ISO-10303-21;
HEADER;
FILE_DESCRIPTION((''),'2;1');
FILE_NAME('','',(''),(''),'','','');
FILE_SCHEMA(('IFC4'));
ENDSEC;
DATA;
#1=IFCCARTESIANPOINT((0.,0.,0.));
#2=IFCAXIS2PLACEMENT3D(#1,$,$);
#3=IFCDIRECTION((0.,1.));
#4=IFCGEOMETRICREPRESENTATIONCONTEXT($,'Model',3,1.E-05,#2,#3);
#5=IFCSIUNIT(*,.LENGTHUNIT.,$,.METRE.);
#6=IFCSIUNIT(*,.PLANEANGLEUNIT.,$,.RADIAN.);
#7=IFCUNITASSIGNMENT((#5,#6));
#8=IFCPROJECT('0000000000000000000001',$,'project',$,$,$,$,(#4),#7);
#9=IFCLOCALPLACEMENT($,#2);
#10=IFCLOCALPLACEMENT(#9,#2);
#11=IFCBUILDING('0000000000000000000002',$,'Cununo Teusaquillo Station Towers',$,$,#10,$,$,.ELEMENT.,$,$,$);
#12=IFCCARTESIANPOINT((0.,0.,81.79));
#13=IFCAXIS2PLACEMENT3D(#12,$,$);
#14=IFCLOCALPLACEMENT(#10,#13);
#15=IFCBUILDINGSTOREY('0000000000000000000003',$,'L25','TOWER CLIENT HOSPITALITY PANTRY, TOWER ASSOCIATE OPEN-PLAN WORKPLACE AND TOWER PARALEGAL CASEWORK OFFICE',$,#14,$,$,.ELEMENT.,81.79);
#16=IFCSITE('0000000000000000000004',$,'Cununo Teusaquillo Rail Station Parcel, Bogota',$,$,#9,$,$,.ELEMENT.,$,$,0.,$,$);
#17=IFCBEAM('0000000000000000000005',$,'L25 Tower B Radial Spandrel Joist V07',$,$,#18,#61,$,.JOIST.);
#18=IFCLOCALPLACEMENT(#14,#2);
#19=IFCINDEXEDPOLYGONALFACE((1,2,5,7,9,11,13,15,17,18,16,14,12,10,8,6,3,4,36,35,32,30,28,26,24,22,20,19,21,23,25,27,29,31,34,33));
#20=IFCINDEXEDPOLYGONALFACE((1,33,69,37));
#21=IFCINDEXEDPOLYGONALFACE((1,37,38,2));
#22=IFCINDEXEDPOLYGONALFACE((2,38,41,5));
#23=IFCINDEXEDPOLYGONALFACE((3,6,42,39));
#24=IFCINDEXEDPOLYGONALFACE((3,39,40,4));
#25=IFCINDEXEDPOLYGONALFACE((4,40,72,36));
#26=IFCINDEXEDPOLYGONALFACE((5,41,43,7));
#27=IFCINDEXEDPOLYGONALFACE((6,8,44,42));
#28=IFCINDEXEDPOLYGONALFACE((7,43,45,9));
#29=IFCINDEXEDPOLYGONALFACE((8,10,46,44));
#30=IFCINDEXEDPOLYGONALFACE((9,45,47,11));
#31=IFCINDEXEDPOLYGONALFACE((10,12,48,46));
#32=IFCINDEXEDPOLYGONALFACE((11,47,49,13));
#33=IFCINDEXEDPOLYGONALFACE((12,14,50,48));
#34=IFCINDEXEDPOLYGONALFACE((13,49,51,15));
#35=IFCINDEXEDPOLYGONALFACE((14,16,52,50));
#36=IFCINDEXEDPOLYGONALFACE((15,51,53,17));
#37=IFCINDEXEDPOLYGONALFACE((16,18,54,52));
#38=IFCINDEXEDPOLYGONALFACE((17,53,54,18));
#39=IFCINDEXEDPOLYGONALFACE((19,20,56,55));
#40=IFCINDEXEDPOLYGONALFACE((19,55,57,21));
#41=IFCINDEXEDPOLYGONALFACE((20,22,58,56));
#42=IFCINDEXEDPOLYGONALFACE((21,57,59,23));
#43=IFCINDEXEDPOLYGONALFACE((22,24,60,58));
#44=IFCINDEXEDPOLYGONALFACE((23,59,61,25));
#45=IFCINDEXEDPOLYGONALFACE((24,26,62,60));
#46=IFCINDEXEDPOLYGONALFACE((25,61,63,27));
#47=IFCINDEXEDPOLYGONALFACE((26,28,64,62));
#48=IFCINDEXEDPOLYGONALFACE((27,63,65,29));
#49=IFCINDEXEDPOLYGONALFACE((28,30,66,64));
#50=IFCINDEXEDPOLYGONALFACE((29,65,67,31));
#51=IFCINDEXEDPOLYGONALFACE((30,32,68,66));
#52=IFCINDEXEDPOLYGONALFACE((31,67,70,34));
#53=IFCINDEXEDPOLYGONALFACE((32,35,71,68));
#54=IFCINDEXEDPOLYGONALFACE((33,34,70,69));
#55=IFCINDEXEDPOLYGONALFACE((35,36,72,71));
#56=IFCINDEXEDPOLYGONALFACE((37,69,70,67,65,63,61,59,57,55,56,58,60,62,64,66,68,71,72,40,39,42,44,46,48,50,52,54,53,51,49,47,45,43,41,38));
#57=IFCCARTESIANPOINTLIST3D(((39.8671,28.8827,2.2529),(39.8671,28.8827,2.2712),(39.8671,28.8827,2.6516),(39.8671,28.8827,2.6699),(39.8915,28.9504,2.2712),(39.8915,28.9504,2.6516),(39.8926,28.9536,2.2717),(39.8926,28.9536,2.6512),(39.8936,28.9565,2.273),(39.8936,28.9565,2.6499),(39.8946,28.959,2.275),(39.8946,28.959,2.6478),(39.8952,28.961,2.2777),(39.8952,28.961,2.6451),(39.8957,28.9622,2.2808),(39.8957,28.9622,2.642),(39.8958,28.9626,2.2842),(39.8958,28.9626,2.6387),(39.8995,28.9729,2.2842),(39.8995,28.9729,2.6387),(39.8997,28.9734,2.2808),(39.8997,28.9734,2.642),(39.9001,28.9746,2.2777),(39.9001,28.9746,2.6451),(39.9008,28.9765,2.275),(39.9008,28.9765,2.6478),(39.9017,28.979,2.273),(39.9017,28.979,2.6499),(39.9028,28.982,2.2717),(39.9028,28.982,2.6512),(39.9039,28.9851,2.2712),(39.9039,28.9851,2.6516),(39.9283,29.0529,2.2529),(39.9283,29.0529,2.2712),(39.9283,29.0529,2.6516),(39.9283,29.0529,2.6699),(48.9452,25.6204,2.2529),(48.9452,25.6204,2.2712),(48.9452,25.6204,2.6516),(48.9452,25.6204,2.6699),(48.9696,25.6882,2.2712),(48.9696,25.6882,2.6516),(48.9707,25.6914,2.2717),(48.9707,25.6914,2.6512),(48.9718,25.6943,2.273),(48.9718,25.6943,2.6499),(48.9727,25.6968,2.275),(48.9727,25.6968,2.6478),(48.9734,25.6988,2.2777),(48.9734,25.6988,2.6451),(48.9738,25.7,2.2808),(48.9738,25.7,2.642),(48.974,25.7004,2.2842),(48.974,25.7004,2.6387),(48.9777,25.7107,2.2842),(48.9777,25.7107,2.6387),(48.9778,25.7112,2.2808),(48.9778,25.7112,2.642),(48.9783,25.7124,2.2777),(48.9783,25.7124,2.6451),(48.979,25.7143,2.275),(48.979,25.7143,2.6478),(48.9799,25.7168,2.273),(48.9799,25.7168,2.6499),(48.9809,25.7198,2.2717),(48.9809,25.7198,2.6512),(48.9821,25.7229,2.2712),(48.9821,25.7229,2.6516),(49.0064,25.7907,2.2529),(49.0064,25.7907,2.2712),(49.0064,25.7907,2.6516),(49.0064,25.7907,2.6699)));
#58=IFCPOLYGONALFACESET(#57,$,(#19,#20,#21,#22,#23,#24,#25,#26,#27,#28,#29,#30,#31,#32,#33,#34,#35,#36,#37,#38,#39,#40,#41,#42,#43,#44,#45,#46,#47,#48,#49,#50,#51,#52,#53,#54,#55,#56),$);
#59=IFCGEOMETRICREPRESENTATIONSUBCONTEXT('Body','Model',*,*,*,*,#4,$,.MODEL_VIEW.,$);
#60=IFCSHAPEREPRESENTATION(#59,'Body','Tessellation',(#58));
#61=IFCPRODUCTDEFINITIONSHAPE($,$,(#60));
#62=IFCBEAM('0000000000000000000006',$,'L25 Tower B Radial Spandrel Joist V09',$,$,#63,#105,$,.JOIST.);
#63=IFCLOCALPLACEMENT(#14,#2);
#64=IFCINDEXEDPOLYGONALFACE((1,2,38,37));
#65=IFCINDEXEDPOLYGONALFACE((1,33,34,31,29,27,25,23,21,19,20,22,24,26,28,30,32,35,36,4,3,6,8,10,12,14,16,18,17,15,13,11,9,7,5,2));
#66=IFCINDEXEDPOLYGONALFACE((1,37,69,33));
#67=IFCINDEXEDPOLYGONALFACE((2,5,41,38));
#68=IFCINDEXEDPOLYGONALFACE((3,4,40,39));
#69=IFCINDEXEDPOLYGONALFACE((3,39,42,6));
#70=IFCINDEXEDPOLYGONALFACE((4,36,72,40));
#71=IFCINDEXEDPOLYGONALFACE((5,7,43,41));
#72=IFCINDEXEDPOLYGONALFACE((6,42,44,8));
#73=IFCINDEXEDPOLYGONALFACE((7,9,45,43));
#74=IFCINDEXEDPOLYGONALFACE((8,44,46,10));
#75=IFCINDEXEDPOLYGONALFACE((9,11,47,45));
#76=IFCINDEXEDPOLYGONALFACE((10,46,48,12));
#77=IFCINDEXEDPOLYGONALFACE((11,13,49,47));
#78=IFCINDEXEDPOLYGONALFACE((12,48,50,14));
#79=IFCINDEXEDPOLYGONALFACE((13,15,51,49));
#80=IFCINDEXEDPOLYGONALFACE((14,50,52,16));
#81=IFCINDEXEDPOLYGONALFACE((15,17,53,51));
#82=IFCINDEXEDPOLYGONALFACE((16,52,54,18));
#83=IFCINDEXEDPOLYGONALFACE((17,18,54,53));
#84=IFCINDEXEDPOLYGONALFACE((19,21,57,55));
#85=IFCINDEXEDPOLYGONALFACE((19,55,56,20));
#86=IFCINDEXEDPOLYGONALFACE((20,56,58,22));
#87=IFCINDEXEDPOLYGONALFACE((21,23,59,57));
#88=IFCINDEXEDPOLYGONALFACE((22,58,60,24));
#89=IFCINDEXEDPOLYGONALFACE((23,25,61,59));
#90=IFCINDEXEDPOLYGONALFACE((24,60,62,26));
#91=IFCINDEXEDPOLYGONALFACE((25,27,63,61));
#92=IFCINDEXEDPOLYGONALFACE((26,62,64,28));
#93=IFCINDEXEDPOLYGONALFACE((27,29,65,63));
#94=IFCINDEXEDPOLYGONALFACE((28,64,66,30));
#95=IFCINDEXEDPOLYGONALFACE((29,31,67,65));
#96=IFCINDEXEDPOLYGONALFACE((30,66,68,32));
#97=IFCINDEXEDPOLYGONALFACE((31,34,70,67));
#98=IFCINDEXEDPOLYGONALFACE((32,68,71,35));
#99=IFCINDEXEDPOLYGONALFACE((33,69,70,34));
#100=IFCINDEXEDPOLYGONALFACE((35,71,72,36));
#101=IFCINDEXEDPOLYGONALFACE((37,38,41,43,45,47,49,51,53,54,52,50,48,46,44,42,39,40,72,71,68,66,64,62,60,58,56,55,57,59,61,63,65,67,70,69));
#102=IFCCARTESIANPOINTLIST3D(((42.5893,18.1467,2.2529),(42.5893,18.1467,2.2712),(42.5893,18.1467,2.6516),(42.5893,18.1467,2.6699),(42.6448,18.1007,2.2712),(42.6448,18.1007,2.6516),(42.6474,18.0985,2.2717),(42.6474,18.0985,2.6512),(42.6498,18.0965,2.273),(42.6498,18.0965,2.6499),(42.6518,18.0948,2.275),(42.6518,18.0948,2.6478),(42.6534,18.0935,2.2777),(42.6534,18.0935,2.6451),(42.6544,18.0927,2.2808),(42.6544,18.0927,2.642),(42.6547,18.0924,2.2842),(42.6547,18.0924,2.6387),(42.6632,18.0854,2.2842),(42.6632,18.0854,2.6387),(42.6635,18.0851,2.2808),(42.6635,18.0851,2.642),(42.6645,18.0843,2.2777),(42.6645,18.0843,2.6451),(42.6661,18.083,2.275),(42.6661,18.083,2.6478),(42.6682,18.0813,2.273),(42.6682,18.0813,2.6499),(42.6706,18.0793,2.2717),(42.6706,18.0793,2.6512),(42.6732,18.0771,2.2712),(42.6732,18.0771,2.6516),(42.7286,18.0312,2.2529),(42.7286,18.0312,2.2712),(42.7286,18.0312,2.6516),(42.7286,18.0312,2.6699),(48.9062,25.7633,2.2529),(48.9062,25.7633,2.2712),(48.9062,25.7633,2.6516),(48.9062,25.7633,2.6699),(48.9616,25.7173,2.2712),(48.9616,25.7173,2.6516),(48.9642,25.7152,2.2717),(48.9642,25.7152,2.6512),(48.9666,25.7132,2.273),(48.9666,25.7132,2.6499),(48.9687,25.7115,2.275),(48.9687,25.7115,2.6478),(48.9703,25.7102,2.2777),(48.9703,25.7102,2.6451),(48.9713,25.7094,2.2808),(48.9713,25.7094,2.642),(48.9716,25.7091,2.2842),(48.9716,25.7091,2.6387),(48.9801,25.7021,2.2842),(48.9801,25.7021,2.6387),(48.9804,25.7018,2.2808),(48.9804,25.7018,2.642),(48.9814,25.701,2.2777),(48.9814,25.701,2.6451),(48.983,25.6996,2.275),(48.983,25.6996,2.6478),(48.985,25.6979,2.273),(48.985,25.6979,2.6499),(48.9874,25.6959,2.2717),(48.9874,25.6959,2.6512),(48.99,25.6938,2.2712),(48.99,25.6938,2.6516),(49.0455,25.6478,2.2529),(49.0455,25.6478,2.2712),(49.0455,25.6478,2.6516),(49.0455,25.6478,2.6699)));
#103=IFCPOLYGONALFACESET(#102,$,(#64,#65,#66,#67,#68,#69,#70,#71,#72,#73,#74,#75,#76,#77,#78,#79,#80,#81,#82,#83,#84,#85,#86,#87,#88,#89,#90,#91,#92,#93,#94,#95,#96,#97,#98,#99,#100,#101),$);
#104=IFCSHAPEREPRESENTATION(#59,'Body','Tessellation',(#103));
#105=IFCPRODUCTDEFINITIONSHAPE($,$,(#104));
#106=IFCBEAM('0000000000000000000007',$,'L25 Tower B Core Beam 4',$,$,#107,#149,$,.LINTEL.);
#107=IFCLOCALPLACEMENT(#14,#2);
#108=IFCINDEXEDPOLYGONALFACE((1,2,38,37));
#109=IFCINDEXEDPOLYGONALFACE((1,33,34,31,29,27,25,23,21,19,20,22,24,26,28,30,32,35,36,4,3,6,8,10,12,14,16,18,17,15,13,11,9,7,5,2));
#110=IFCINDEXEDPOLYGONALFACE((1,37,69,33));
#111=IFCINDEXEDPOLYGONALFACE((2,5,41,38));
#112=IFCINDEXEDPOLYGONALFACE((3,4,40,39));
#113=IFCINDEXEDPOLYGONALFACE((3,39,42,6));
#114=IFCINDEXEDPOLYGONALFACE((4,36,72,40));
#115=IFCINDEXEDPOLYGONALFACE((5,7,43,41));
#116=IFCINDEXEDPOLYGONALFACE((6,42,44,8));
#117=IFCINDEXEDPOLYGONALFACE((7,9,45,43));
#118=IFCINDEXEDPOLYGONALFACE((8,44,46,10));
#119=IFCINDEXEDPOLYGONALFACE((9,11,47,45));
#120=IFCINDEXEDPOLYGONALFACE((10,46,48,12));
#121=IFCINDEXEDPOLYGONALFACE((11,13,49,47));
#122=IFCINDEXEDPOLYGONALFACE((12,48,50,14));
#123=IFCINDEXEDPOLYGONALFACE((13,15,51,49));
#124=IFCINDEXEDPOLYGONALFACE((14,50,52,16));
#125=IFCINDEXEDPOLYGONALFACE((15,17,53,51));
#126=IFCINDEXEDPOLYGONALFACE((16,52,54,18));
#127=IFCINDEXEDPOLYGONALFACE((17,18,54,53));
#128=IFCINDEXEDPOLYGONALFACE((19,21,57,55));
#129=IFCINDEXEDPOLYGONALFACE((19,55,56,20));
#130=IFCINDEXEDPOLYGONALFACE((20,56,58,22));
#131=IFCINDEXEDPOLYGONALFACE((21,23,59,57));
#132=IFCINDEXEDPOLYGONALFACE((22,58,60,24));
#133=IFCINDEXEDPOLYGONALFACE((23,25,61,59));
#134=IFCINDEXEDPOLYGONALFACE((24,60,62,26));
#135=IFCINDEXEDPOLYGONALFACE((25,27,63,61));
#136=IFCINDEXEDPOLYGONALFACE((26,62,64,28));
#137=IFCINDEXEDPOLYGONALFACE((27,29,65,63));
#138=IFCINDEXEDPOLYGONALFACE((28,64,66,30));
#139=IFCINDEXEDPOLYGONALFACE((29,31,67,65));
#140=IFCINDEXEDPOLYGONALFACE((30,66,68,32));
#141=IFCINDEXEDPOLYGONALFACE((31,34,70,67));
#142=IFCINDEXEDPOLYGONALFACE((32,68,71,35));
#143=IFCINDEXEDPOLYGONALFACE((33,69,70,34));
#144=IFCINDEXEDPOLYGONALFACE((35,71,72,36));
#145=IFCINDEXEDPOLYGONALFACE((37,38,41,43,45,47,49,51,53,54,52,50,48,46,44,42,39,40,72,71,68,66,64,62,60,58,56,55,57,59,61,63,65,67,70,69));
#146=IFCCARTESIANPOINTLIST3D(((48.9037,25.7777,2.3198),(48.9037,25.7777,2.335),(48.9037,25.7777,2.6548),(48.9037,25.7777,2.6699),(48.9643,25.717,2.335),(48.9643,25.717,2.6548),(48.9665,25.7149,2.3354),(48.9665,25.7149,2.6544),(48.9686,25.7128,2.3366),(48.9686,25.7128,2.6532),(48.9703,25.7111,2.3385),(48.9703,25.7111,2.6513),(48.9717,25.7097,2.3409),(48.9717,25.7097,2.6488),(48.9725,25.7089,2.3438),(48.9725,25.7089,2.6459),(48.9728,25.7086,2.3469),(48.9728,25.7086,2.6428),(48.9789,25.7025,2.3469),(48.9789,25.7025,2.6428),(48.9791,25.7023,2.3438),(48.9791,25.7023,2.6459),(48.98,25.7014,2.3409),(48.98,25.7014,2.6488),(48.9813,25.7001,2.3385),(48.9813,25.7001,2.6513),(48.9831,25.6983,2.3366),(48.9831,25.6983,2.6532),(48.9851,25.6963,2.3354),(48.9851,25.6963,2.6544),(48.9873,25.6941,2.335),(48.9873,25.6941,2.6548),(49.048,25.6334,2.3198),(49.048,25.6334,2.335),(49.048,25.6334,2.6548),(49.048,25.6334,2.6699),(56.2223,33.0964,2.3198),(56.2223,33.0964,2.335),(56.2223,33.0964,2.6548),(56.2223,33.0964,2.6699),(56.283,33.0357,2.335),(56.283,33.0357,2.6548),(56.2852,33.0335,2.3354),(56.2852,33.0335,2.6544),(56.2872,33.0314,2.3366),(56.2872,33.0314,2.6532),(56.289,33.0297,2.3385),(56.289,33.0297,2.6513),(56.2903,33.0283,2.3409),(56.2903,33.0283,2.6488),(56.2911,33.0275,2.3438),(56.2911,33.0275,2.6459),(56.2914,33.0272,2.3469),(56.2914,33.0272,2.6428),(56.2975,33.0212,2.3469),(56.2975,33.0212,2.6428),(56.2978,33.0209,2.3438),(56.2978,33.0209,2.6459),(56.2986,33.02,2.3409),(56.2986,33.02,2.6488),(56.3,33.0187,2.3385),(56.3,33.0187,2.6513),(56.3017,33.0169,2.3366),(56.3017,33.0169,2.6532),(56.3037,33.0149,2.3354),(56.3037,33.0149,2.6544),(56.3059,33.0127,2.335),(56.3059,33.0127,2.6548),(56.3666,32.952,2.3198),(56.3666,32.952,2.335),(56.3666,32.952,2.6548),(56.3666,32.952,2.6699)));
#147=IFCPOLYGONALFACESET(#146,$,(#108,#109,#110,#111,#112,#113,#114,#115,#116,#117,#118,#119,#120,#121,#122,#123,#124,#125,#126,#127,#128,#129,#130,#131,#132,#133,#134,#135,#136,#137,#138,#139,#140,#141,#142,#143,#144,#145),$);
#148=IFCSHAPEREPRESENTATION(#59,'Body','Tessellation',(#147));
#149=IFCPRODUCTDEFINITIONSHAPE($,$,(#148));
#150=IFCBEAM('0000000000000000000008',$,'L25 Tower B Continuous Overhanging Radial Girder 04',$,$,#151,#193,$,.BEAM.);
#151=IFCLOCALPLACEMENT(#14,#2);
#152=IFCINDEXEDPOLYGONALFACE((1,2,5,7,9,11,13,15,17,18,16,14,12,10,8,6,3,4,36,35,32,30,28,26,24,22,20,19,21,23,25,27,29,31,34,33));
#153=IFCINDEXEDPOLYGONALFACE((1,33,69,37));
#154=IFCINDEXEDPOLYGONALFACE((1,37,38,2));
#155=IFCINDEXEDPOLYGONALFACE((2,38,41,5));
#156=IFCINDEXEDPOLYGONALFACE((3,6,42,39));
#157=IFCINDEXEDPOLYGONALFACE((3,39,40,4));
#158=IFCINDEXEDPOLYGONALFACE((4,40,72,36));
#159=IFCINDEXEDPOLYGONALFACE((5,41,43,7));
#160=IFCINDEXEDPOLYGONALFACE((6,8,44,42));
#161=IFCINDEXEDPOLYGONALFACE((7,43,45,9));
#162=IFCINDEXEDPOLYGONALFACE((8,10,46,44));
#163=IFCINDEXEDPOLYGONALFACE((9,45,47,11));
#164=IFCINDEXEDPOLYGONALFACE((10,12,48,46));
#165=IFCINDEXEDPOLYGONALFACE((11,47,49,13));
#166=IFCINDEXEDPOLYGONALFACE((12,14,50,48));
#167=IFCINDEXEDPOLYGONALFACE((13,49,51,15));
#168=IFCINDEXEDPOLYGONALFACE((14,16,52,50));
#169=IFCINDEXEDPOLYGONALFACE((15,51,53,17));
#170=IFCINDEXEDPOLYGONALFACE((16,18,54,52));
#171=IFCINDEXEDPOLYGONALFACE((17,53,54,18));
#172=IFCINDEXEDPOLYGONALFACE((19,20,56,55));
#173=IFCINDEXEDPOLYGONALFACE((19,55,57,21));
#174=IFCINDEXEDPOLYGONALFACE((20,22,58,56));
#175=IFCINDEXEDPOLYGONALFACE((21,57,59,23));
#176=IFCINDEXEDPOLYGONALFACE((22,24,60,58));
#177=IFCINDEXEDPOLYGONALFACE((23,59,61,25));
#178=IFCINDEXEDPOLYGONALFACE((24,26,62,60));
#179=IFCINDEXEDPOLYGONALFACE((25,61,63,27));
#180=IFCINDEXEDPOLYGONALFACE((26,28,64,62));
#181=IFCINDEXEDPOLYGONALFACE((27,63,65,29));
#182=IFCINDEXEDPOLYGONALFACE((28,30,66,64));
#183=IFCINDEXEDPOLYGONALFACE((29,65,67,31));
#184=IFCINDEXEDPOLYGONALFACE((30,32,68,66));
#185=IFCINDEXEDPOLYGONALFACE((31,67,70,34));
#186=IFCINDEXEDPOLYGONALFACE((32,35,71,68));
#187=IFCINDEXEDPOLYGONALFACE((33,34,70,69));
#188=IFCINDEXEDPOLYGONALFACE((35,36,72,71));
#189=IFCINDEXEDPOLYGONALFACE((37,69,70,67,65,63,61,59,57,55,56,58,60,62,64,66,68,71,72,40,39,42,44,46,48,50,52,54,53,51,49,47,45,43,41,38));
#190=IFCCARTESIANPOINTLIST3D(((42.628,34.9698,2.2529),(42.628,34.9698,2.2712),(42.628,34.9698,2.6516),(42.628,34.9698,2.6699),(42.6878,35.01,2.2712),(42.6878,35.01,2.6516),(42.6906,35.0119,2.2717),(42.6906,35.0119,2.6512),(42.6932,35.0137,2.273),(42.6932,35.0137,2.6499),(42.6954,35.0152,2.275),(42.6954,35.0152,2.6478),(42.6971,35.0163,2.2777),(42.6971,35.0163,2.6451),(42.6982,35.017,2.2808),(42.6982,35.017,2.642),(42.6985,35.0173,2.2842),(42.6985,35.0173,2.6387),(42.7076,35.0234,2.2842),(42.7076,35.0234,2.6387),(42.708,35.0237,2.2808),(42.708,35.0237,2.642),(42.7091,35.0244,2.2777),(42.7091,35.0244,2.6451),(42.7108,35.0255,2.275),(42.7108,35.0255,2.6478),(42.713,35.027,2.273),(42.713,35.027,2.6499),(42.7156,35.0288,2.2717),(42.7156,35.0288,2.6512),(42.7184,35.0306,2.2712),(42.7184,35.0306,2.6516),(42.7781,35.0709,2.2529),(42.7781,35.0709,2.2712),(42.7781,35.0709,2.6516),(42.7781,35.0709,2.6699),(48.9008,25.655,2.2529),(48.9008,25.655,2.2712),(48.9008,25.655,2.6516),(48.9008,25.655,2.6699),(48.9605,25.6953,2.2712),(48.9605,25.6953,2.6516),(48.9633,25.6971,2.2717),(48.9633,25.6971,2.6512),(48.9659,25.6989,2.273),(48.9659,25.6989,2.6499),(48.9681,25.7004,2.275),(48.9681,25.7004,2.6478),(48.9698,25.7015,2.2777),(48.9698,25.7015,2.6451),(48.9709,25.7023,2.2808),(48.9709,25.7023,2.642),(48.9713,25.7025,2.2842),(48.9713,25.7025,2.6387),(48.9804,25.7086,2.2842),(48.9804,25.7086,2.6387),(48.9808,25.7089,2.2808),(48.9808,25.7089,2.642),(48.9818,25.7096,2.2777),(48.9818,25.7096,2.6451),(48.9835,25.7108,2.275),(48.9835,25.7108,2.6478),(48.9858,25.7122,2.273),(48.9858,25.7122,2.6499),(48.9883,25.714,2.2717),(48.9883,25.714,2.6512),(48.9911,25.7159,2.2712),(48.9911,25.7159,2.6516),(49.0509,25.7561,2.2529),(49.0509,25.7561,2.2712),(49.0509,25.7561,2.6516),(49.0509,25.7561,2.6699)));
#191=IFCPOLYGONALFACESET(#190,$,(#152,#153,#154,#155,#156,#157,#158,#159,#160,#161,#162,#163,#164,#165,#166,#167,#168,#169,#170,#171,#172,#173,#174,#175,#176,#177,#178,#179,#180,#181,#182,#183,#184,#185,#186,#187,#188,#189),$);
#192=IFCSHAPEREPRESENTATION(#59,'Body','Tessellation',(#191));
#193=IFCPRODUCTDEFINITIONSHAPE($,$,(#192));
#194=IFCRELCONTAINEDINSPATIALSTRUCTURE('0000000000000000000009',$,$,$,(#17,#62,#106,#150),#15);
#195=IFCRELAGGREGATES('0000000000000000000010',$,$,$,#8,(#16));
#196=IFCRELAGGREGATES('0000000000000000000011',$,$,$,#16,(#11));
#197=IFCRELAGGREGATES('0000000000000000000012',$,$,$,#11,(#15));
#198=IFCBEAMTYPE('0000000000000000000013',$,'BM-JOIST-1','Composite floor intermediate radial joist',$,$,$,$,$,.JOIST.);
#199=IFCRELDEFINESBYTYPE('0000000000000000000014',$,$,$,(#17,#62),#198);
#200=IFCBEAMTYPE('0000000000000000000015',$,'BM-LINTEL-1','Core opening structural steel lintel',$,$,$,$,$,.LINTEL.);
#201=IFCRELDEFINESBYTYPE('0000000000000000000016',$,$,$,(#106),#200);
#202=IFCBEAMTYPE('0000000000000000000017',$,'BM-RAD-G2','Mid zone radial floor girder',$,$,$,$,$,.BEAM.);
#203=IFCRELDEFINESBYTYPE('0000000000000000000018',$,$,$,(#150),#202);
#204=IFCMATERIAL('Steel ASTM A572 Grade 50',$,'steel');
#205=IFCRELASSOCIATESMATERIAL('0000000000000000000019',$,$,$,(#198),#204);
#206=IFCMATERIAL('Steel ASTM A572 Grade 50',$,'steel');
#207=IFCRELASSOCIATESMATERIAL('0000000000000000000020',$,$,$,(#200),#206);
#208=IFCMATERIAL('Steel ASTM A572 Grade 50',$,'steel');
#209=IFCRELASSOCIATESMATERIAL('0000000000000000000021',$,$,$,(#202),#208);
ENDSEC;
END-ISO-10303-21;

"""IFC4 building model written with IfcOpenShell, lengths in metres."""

from ifc_helpers import new_model, si_unit, direction, frame, origin, origin_2d, place, context, subcontext, project, spatial, i_section, extrude, material, material_profile, profile_set, type_object, element, save


model = new_model("IFC4")

# Units and contexts
model_context = context("Model", 3, precision=1e-05, world=origin(), true_north=direction((0.0, 1.0)))
body_context = subcontext(model_context, "Body", "Model", "MODEL_VIEW")
ifc_project = project(units=[si_unit("LENGTHUNIT", "METRE"), si_unit("PLANEANGLEUNIT", "RADIAN")], contexts=[model_context])

# Site, building, storey
site_placement = place(None, origin())
site = spatial("IfcSite", under=ifc_project, at=site_placement, Name="Cununo Teusaquillo Rail Station Parcel, Bogota", CompositionType="ELEMENT", RefElevation=0.0)
building_placement = place(site_placement, origin())
building = spatial("IfcBuilding", under=site, at=building_placement, Name="Cununo Teusaquillo Station Towers", CompositionType="ELEMENT")
storey_placement = place(building_placement, frame((0.0, 0.0, 81.79)))
storey = spatial("IfcBuildingStorey", under=building, at=storey_placement, Name="L25", Description="TOWER CLIENT HOSPITALITY PANTRY, TOWER ASSOCIATE OPEN-PLAN WORKPLACE AND TOWER PARALEGAL CASEWORK OFFICE", CompositionType="ELEMENT", Elevation=81.79)

# Beams
ifc_material_1 = material(Name="Steel ASTM A572 Grade 50", Category="steel")
ifc_material_profile_1 = material_profile(ifc_material_1, i_section(OverallWidth=0.1809, OverallDepth=0.417, WebThickness=0.011, FlangeThickness=0.0183, FilletRadius=0.0129, at=origin_2d()), Name="W16X57")
ifc_profile_set_1 = profile_set([ifc_material_profile_1], Name="Steel ASTM A572 Grade 50")
beam_type_1 = type_object("IfcBeamType", Name="BM-JOIST-1", Description="Composite floor intermediate radial joist", PredefinedType="JOIST", material=ifc_profile_set_1)
beam_1_placement = place(storey_placement, frame((48.9758, 25.7056, 2.4614), z_axis=(-0.941083, 0.338176, 0.0), x_axis=(-0.338176, -0.941083, 0.0)))
element("IfcBeam", 1, at=beam_1_placement, inside=storey, type_object=beam_type_1, Name="L25 Tower B Radial Spandrel Joist V07", PredefinedType="JOIST", context=body_context, shape_type="SweptSolid", body=[
    extrude(i_section(OverallWidth=0.1809, OverallDepth=0.417, WebThickness=0.011, FlangeThickness=0.0183, FilletRadius=0.0129, at=origin_2d()), origin(), (0.0, 0.0, 1.0), 9.6465),
])
beam_2_placement = place(storey_placement, frame((48.9758, 25.7056, 2.4614), z_axis=(-0.638372, -0.769728, 0.0), x_axis=(0.769728, -0.638372, 0.0)))
element("IfcBeam", 2, at=beam_2_placement, inside=storey, type_object=beam_type_1, Name="L25 Tower B Radial Spandrel Joist V09", PredefinedType="JOIST", context=body_context, shape_type="SweptSolid", body=[
    extrude(i_section(OverallWidth=0.1809, OverallDepth=0.417, WebThickness=0.011, FlangeThickness=0.0183, FilletRadius=0.0129, at=origin_2d()), origin(), (0.0, 0.0, 1.0), 9.8953),
])
ifc_material_2 = material(Name="Steel ASTM A572 Grade 50", Category="steel")
ifc_material_profile_2 = material_profile(ifc_material_2, i_section(OverallWidth=0.2041, OverallDepth=0.3501, WebThickness=0.0085, FlangeThickness=0.0151, FilletRadius=0.012, at=origin_2d()), Name="W14X48")
ifc_profile_set_2 = profile_set([ifc_material_profile_2], Name="Steel ASTM A572 Grade 50")
beam_type_2 = type_object("IfcBeamType", Name="BM-LINTEL-1", Description="Core opening structural steel lintel", PredefinedType="LINTEL", material=ifc_profile_set_2)
beam_3_placement = place(storey_placement, frame((48.9758, 25.7056, 2.4949), z_axis=(0.707107, 0.707107, 0.0), x_axis=(-0.707107, 0.707107, 0.0)))
element("IfcBeam", 3, at=beam_3_placement, inside=storey, type_object=beam_type_2, Name="L25 Tower B Core Beam 4", PredefinedType="LINTEL", context=body_context, shape_type="SweptSolid", body=[
    extrude(i_section(OverallWidth=0.2041, OverallDepth=0.3501, WebThickness=0.0085, FlangeThickness=0.0151, FilletRadius=0.012, at=origin_2d()), origin(), (0.0, 0.0, 1.0), 10.3501),
])
ifc_material_3 = material(Name="Steel ASTM A572 Grade 50", Category="steel")
ifc_material_profile_3 = material_profile(ifc_material_3, i_section(OverallWidth=0.1809, OverallDepth=0.417, WebThickness=0.011, FlangeThickness=0.0183, FilletRadius=0.0129, at=origin_2d()), Name="W16X57")
ifc_profile_set_3 = profile_set([ifc_material_profile_3], Name="Steel ASTM A572 Grade 50")
beam_type_3 = type_object("IfcBeamType", Name="BM-RAD-G2", Description="Mid zone radial floor girder", PredefinedType="BEAM", material=ifc_profile_set_3)
beam_4_placement = place(storey_placement, frame((48.9758, 25.7056, 2.4614), z_axis=(-0.558572, 0.829456, 0.0), x_axis=(-0.829456, -0.558572, 0.0)))
element("IfcBeam", 4, at=beam_4_placement, inside=storey, type_object=beam_type_3, Name="L25 Tower B Continuous Overhanging Radial Girder 04", PredefinedType="BEAM", context=body_context, shape_type="SweptSolid", body=[
    extrude(i_section(OverallWidth=0.1809, OverallDepth=0.417, WebThickness=0.011, FlangeThickness=0.0183, FilletRadius=0.0129, at=origin_2d()), origin(), (0.0, 0.0, 1.0), 11.23),
])

save(model, "model.ifc")
